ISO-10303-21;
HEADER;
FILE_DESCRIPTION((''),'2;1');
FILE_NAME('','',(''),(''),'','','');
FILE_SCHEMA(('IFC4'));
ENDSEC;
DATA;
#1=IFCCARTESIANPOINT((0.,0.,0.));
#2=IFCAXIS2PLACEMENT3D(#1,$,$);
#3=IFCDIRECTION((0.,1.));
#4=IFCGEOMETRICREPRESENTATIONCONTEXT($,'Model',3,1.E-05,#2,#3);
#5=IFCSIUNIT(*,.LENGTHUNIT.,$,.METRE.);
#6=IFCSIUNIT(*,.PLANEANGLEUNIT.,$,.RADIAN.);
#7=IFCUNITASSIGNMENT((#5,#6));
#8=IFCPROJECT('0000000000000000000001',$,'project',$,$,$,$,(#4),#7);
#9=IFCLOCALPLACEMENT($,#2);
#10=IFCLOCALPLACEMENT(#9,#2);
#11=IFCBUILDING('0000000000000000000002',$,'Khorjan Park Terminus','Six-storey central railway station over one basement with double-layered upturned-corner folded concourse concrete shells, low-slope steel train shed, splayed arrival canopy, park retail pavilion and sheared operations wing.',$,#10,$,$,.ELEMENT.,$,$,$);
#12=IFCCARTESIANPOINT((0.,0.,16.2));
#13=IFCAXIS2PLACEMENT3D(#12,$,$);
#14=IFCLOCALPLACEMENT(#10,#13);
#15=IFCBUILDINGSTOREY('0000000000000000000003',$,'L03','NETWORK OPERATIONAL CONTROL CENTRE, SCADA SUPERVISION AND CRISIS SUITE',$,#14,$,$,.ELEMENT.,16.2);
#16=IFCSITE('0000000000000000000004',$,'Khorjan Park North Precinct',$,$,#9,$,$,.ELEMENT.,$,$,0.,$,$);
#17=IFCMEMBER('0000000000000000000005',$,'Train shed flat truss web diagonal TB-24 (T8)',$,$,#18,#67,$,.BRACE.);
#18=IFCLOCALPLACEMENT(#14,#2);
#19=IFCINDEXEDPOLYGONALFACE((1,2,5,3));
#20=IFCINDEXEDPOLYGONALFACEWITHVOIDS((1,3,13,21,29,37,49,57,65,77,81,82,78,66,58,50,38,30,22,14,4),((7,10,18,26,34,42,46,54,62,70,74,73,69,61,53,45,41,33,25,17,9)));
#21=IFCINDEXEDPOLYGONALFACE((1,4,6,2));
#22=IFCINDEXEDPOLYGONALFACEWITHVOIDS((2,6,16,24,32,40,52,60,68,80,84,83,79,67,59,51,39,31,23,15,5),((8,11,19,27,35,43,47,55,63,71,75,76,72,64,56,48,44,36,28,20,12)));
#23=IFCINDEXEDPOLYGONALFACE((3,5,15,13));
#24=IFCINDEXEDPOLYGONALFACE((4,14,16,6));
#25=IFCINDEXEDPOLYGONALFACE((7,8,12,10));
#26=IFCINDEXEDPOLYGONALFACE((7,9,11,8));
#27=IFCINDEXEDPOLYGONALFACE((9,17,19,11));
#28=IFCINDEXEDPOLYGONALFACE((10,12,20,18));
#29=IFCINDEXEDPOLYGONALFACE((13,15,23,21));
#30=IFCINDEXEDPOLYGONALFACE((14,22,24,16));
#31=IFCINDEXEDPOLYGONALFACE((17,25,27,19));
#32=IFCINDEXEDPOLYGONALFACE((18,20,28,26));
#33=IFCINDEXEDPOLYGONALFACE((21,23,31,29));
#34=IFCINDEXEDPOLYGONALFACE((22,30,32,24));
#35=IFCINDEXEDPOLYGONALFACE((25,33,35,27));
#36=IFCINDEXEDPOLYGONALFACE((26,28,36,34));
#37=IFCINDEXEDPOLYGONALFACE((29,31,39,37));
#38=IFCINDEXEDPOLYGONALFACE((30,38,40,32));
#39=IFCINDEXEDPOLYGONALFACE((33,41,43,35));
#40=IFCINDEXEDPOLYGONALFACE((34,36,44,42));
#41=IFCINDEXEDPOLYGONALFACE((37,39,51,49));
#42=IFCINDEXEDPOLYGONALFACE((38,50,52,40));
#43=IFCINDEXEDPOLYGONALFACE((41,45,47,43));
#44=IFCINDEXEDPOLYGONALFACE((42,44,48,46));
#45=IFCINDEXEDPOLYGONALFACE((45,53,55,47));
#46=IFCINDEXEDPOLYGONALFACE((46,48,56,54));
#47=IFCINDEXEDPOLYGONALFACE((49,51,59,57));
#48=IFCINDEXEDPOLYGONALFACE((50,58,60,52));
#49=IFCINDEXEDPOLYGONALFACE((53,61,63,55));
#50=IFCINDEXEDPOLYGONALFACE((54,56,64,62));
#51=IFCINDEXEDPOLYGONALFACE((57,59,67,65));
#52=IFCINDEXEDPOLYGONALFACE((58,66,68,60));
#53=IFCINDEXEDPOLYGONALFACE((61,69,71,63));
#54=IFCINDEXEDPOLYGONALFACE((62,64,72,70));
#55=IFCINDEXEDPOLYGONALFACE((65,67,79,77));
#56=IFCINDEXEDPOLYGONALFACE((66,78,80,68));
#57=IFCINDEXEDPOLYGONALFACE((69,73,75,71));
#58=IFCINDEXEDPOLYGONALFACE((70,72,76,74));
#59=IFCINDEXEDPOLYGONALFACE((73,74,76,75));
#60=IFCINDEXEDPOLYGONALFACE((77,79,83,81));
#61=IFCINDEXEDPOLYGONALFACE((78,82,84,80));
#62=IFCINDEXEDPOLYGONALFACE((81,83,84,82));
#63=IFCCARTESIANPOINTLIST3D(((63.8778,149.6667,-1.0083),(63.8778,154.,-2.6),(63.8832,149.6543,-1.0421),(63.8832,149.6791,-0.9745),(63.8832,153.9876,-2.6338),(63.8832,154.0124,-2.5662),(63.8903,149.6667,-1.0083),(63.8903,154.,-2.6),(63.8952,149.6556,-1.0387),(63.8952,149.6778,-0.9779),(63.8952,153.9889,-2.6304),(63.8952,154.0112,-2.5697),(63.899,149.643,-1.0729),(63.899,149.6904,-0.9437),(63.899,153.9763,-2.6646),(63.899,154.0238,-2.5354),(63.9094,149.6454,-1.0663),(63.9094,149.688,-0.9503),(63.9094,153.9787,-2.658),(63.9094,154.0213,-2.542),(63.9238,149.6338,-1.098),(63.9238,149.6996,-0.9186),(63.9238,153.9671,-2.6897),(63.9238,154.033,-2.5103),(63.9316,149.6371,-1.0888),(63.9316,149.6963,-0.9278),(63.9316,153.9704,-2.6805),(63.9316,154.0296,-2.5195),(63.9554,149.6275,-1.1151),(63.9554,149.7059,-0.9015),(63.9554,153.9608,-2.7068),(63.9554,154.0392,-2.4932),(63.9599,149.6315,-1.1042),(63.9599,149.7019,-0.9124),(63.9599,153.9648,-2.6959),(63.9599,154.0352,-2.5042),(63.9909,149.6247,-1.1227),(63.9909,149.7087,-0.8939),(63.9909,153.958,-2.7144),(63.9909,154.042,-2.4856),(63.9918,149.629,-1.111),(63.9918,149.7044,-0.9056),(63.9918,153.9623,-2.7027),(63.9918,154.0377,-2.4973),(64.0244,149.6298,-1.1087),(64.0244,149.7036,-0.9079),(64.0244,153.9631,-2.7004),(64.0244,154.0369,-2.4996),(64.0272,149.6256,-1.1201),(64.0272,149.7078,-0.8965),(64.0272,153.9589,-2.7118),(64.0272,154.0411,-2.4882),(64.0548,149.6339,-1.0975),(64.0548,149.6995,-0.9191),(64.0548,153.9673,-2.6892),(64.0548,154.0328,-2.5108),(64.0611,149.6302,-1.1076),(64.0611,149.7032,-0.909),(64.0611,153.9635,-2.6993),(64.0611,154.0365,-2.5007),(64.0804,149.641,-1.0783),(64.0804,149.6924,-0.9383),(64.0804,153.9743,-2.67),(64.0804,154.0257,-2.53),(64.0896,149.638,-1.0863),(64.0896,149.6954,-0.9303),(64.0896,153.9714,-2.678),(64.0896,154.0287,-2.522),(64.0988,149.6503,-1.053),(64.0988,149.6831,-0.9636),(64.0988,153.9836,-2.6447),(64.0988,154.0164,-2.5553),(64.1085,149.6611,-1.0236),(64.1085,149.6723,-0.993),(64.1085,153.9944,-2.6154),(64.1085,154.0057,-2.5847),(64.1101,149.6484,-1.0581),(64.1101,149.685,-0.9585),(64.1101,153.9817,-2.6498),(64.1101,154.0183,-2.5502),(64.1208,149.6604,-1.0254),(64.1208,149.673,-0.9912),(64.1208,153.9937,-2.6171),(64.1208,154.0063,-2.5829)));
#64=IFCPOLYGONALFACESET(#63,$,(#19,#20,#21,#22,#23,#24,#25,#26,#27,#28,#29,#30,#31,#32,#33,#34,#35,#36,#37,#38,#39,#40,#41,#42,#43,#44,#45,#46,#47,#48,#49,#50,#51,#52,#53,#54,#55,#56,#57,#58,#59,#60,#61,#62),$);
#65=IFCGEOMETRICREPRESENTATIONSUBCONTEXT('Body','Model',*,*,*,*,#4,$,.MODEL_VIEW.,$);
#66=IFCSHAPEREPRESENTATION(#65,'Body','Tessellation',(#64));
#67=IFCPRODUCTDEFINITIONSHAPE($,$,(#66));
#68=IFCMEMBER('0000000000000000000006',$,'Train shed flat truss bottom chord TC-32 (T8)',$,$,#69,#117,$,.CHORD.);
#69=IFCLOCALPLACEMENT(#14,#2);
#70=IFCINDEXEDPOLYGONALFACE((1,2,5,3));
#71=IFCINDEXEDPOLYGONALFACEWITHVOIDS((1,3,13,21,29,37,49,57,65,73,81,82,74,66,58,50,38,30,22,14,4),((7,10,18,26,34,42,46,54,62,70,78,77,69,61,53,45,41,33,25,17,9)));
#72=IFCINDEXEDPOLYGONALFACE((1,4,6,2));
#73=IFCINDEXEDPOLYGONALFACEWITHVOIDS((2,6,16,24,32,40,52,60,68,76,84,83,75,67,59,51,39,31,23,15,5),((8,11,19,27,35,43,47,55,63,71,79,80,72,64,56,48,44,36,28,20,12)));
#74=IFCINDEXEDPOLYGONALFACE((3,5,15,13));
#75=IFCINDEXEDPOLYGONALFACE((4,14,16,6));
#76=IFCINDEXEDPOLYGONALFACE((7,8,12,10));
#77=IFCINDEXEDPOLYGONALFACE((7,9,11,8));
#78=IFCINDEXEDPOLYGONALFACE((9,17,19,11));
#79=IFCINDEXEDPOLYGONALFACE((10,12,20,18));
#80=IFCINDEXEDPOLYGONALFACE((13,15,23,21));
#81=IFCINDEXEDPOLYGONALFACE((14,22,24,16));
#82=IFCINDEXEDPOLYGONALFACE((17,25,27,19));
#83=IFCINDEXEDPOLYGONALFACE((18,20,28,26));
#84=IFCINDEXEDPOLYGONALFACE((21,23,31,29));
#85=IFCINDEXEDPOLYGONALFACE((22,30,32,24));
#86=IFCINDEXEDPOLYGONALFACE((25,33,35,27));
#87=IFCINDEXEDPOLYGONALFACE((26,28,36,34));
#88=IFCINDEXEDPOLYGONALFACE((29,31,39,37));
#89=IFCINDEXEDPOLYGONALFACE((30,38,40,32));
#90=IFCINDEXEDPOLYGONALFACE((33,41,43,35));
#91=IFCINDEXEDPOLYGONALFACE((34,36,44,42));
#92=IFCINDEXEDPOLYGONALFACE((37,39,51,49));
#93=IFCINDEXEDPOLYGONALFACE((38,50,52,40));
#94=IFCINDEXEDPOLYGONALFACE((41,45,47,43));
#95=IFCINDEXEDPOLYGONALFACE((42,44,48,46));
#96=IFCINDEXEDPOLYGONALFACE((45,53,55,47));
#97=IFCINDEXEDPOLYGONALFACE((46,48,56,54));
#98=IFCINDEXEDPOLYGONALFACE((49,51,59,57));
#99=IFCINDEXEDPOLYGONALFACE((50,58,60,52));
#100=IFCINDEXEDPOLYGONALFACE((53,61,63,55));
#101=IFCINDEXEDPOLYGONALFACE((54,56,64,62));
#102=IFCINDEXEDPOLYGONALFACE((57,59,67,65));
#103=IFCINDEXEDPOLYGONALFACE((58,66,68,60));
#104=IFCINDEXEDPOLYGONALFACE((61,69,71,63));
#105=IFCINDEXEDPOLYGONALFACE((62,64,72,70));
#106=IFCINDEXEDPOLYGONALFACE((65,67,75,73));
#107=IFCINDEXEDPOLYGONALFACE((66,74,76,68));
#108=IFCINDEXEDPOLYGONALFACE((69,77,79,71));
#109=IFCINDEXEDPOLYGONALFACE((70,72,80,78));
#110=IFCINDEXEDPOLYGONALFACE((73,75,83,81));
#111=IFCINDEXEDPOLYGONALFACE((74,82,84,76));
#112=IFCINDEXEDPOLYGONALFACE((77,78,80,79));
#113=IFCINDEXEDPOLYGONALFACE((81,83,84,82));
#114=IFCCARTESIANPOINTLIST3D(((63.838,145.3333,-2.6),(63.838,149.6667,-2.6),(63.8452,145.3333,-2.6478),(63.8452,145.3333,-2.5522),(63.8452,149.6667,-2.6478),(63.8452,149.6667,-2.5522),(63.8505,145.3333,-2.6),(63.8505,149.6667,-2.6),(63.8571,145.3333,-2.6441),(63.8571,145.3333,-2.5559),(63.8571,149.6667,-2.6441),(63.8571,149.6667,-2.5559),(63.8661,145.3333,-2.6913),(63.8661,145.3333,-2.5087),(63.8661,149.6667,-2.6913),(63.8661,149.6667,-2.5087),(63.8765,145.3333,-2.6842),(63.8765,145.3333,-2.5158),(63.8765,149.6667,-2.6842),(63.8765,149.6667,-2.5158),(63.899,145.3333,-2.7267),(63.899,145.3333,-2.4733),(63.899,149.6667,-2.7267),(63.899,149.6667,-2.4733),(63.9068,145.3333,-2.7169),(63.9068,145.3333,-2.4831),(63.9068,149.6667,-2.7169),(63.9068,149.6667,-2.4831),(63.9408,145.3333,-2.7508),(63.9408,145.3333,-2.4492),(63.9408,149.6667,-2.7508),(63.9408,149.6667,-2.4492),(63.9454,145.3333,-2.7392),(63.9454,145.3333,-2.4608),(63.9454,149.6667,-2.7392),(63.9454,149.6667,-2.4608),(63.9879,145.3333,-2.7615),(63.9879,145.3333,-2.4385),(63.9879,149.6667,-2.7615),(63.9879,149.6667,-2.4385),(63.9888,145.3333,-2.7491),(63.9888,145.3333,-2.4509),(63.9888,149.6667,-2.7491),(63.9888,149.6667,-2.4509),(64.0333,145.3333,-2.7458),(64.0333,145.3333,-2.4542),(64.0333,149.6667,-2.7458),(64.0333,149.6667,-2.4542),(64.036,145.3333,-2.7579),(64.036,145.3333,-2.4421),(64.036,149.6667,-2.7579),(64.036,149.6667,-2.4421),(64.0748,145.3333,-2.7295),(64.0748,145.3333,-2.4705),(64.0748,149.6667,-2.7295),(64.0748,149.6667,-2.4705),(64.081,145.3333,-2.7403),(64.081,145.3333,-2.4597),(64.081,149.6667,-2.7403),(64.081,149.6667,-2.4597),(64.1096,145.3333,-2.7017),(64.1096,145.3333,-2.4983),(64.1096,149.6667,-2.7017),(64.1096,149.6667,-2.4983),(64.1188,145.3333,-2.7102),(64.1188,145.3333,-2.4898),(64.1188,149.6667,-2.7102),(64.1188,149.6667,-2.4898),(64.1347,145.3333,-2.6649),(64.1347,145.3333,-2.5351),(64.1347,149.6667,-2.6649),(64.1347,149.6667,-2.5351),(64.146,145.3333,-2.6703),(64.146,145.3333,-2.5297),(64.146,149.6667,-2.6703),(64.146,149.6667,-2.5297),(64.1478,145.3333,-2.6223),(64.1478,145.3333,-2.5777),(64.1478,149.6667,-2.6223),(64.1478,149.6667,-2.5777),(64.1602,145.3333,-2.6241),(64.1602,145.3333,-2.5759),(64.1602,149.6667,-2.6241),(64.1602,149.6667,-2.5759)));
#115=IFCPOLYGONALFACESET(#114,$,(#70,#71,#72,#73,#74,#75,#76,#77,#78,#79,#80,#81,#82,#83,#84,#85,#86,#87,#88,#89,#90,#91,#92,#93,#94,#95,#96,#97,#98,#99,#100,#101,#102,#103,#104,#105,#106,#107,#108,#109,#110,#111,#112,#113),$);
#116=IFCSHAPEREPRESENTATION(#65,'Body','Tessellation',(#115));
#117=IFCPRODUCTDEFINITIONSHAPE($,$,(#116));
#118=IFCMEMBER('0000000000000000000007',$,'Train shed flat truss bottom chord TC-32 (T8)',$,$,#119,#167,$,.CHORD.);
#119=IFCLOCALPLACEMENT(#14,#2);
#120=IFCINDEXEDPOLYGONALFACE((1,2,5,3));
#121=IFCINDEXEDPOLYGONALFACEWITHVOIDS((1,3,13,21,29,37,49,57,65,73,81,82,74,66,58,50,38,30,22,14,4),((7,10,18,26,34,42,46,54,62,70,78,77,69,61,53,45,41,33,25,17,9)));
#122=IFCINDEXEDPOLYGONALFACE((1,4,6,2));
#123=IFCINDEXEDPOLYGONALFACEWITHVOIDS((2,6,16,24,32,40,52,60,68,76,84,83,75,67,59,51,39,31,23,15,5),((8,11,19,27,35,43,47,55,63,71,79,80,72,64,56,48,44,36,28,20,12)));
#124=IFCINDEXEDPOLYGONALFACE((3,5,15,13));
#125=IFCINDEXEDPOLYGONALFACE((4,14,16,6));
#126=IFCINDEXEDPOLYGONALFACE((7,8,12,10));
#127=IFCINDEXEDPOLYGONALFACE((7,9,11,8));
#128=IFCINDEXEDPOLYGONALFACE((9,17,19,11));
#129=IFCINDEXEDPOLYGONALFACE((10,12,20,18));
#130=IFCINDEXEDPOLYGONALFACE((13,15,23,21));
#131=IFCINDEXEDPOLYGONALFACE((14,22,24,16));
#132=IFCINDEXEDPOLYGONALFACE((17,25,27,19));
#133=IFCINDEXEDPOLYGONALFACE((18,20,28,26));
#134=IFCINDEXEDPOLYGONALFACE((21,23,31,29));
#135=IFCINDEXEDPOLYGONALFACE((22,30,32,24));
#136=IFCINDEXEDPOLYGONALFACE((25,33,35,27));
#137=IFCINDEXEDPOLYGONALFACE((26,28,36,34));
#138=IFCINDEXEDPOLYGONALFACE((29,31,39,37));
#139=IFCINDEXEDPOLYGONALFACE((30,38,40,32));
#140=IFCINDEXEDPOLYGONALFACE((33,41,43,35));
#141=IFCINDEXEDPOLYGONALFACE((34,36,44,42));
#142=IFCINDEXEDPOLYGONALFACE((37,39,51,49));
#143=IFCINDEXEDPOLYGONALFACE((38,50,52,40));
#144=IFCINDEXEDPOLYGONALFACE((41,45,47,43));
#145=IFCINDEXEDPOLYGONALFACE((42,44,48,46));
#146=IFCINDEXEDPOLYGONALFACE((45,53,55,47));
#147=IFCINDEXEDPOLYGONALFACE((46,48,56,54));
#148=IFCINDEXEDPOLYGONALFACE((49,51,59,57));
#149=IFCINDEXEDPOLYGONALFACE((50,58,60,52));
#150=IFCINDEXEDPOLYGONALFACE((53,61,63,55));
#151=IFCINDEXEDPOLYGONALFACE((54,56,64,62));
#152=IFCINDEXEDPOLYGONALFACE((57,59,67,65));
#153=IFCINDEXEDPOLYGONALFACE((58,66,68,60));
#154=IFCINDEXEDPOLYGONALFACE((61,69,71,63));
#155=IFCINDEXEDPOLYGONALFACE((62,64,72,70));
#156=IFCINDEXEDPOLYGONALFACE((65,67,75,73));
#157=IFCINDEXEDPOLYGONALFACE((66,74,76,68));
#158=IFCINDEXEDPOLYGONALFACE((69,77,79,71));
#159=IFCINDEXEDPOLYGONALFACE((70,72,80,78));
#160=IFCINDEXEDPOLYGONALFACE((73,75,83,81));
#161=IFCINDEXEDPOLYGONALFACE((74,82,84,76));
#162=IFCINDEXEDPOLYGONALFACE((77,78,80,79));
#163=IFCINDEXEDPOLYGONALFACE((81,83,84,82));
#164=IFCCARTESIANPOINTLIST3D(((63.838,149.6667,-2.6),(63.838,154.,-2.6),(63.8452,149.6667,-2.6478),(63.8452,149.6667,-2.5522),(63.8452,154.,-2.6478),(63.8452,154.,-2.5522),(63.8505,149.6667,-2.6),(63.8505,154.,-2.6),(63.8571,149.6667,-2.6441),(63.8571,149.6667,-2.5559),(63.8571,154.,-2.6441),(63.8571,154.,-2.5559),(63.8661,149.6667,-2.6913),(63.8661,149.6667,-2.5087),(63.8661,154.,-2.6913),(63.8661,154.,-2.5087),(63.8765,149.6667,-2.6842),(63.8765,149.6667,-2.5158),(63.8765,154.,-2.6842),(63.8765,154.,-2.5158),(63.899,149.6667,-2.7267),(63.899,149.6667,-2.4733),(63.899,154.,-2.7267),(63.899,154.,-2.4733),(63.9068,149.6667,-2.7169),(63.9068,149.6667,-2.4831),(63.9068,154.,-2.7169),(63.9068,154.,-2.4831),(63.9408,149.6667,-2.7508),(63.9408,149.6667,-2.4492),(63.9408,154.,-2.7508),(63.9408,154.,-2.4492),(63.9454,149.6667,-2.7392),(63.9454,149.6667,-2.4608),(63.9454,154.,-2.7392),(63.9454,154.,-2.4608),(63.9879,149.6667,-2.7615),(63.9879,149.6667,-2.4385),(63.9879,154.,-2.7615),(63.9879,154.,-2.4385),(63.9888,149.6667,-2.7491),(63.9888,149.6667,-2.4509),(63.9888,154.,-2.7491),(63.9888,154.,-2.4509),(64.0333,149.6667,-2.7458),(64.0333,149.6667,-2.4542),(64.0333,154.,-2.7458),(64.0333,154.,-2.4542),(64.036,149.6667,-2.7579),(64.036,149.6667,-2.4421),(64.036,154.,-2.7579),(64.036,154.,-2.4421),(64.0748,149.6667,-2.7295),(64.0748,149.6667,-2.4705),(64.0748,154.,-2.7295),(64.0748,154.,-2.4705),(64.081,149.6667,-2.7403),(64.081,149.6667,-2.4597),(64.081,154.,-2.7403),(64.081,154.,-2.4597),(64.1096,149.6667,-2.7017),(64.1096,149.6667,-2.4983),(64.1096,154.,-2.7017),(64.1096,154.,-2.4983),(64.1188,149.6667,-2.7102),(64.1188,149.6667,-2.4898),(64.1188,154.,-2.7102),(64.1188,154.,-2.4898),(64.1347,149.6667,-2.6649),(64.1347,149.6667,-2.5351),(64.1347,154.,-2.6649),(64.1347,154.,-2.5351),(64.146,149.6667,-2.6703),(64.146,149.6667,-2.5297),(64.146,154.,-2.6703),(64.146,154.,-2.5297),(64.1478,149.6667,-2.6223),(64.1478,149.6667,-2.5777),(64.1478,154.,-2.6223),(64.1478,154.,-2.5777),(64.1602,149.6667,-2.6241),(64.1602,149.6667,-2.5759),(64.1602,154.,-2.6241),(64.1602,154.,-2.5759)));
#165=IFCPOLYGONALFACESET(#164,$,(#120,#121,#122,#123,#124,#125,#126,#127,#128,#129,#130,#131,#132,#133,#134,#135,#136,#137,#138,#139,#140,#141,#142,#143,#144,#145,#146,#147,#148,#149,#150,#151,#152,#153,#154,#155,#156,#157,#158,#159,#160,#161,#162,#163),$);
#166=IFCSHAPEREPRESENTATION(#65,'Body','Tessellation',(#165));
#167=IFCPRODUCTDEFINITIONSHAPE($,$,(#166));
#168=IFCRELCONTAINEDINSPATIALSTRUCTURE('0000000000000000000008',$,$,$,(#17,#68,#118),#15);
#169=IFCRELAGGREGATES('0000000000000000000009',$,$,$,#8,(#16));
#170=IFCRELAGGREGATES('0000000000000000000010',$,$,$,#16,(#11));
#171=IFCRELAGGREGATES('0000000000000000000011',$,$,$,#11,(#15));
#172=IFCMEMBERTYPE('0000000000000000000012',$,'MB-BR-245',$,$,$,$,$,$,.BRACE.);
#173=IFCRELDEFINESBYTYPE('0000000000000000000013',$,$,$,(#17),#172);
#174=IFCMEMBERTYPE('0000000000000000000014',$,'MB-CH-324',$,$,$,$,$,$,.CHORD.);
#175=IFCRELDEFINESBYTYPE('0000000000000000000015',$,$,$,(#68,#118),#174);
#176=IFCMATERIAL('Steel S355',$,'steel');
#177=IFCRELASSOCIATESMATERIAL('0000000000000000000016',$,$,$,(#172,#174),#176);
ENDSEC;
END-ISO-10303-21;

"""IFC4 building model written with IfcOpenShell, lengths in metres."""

from ifc_helpers import new_model, si_unit, direction, frame, origin, origin_2d, place, context, subcontext, project, spatial, hollow_circle, extrude, material, material_profile, profile_set, type_object, element, save


model = new_model("IFC4")

# Units and contexts
model_context = context("Model", 3, precision=1e-05, world=origin(), true_north=direction((0.0, 1.0)))
body_context = subcontext(model_context, "Body", "Model", "MODEL_VIEW")
ifc_project = project(units=[si_unit("LENGTHUNIT", "METRE"), si_unit("PLANEANGLEUNIT", "RADIAN")], contexts=[model_context])

# Site, building, storey
site_placement = place(None, origin())
site = spatial("IfcSite", under=ifc_project, at=site_placement, Name="Khorjan Park North Precinct", CompositionType="ELEMENT", RefElevation=0.0)
building_placement = place(site_placement, origin())
building = spatial("IfcBuilding", under=site, at=building_placement, Name="Khorjan Park Terminus", Description="Six-storey central railway station over one basement with double-layered upturned-corner folded concourse concrete shells, low-slope steel train shed, splayed arrival canopy, park retail pavilion and sheared operations wing.", CompositionType="ELEMENT")
storey_placement = place(building_placement, frame((0.0, 0.0, 16.2)))
storey = spatial("IfcBuildingStorey", under=building, at=storey_placement, Name="L03", Description="NETWORK OPERATIONAL CONTROL CENTRE, SCADA SUPERVISION AND CRISIS SUITE", CompositionType="ELEMENT", Elevation=16.2)

# Members
ifc_material = material(Name="Steel S355", Category="steel")
ifc_material_profile_1 = material_profile(ifc_material, hollow_circle(Radius=0.1222, WallThickness=0.0125, at=origin_2d()), Name="CHS 244.5x12.5")
ifc_profile_set_1 = profile_set([ifc_material_profile_1], Name="Steel S355")
member_type_1 = type_object("IfcMemberType", Name="MB-BR-245", PredefinedType="BRACE", material=ifc_profile_set_1)
member_1_placement = place(storey_placement, frame((64.0, 149.6667, -1.0083), z_axis=(0.0, 0.938678, -0.344794), x_axis=(-1.0, 0.0, 0.0)))
element("IfcMember", 1, at=member_1_placement, inside=storey, type_object=member_type_1, Name="Train shed flat truss web diagonal TB-24 (T8)", PredefinedType="BRACE", context=body_context, shape_type="SweptSolid", body=[
    extrude(hollow_circle(Radius=0.1222, WallThickness=0.0125, at=origin_2d()), origin(), (0.0, 0.0, 1.0), 4.6164),
])
ifc_material_profile_2 = material_profile(ifc_material, hollow_circle(Radius=0.162, WallThickness=0.0125, at=origin_2d()), Name="CHS 323.9x12.5")
ifc_profile_set_2 = profile_set([ifc_material_profile_2], Name="Steel S355")
member_type_2 = type_object("IfcMemberType", Name="MB-CH-324", PredefinedType="CHORD", material=ifc_profile_set_2)
member_2_placement = place(storey_placement, frame((64.0, 145.3333, -2.6), z_axis=(0.0, 1.0, 0.0), x_axis=(-1.0, 0.0, 0.0)))
element("IfcMember", 2, at=member_2_placement, inside=storey, type_object=member_type_2, Name="Train shed flat truss bottom chord TC-32 (T8)", PredefinedType="CHORD", context=body_context, shape_type="SweptSolid", body=[
    extrude(hollow_circle(Radius=0.162, WallThickness=0.0125, at=origin_2d()), origin(), (0.0, 0.0, 1.0), 4.3334),
])
member_3_placement = place(storey_placement, frame((64.0, 149.6667, -2.6), z_axis=(0.0, 1.0, 0.0), x_axis=(-1.0, 0.0, 0.0)))
element("IfcMember", 3, at=member_3_placement, inside=storey, type_object=member_type_2, Name="Train shed flat truss bottom chord TC-32 (T8)", PredefinedType="CHORD", context=body_context, shape_type="SweptSolid", body=[
    extrude(hollow_circle(Radius=0.162, WallThickness=0.0125, at=origin_2d()), origin(), (0.0, 0.0, 1.0), 4.3333),
])

save(model, "model.ifc")
